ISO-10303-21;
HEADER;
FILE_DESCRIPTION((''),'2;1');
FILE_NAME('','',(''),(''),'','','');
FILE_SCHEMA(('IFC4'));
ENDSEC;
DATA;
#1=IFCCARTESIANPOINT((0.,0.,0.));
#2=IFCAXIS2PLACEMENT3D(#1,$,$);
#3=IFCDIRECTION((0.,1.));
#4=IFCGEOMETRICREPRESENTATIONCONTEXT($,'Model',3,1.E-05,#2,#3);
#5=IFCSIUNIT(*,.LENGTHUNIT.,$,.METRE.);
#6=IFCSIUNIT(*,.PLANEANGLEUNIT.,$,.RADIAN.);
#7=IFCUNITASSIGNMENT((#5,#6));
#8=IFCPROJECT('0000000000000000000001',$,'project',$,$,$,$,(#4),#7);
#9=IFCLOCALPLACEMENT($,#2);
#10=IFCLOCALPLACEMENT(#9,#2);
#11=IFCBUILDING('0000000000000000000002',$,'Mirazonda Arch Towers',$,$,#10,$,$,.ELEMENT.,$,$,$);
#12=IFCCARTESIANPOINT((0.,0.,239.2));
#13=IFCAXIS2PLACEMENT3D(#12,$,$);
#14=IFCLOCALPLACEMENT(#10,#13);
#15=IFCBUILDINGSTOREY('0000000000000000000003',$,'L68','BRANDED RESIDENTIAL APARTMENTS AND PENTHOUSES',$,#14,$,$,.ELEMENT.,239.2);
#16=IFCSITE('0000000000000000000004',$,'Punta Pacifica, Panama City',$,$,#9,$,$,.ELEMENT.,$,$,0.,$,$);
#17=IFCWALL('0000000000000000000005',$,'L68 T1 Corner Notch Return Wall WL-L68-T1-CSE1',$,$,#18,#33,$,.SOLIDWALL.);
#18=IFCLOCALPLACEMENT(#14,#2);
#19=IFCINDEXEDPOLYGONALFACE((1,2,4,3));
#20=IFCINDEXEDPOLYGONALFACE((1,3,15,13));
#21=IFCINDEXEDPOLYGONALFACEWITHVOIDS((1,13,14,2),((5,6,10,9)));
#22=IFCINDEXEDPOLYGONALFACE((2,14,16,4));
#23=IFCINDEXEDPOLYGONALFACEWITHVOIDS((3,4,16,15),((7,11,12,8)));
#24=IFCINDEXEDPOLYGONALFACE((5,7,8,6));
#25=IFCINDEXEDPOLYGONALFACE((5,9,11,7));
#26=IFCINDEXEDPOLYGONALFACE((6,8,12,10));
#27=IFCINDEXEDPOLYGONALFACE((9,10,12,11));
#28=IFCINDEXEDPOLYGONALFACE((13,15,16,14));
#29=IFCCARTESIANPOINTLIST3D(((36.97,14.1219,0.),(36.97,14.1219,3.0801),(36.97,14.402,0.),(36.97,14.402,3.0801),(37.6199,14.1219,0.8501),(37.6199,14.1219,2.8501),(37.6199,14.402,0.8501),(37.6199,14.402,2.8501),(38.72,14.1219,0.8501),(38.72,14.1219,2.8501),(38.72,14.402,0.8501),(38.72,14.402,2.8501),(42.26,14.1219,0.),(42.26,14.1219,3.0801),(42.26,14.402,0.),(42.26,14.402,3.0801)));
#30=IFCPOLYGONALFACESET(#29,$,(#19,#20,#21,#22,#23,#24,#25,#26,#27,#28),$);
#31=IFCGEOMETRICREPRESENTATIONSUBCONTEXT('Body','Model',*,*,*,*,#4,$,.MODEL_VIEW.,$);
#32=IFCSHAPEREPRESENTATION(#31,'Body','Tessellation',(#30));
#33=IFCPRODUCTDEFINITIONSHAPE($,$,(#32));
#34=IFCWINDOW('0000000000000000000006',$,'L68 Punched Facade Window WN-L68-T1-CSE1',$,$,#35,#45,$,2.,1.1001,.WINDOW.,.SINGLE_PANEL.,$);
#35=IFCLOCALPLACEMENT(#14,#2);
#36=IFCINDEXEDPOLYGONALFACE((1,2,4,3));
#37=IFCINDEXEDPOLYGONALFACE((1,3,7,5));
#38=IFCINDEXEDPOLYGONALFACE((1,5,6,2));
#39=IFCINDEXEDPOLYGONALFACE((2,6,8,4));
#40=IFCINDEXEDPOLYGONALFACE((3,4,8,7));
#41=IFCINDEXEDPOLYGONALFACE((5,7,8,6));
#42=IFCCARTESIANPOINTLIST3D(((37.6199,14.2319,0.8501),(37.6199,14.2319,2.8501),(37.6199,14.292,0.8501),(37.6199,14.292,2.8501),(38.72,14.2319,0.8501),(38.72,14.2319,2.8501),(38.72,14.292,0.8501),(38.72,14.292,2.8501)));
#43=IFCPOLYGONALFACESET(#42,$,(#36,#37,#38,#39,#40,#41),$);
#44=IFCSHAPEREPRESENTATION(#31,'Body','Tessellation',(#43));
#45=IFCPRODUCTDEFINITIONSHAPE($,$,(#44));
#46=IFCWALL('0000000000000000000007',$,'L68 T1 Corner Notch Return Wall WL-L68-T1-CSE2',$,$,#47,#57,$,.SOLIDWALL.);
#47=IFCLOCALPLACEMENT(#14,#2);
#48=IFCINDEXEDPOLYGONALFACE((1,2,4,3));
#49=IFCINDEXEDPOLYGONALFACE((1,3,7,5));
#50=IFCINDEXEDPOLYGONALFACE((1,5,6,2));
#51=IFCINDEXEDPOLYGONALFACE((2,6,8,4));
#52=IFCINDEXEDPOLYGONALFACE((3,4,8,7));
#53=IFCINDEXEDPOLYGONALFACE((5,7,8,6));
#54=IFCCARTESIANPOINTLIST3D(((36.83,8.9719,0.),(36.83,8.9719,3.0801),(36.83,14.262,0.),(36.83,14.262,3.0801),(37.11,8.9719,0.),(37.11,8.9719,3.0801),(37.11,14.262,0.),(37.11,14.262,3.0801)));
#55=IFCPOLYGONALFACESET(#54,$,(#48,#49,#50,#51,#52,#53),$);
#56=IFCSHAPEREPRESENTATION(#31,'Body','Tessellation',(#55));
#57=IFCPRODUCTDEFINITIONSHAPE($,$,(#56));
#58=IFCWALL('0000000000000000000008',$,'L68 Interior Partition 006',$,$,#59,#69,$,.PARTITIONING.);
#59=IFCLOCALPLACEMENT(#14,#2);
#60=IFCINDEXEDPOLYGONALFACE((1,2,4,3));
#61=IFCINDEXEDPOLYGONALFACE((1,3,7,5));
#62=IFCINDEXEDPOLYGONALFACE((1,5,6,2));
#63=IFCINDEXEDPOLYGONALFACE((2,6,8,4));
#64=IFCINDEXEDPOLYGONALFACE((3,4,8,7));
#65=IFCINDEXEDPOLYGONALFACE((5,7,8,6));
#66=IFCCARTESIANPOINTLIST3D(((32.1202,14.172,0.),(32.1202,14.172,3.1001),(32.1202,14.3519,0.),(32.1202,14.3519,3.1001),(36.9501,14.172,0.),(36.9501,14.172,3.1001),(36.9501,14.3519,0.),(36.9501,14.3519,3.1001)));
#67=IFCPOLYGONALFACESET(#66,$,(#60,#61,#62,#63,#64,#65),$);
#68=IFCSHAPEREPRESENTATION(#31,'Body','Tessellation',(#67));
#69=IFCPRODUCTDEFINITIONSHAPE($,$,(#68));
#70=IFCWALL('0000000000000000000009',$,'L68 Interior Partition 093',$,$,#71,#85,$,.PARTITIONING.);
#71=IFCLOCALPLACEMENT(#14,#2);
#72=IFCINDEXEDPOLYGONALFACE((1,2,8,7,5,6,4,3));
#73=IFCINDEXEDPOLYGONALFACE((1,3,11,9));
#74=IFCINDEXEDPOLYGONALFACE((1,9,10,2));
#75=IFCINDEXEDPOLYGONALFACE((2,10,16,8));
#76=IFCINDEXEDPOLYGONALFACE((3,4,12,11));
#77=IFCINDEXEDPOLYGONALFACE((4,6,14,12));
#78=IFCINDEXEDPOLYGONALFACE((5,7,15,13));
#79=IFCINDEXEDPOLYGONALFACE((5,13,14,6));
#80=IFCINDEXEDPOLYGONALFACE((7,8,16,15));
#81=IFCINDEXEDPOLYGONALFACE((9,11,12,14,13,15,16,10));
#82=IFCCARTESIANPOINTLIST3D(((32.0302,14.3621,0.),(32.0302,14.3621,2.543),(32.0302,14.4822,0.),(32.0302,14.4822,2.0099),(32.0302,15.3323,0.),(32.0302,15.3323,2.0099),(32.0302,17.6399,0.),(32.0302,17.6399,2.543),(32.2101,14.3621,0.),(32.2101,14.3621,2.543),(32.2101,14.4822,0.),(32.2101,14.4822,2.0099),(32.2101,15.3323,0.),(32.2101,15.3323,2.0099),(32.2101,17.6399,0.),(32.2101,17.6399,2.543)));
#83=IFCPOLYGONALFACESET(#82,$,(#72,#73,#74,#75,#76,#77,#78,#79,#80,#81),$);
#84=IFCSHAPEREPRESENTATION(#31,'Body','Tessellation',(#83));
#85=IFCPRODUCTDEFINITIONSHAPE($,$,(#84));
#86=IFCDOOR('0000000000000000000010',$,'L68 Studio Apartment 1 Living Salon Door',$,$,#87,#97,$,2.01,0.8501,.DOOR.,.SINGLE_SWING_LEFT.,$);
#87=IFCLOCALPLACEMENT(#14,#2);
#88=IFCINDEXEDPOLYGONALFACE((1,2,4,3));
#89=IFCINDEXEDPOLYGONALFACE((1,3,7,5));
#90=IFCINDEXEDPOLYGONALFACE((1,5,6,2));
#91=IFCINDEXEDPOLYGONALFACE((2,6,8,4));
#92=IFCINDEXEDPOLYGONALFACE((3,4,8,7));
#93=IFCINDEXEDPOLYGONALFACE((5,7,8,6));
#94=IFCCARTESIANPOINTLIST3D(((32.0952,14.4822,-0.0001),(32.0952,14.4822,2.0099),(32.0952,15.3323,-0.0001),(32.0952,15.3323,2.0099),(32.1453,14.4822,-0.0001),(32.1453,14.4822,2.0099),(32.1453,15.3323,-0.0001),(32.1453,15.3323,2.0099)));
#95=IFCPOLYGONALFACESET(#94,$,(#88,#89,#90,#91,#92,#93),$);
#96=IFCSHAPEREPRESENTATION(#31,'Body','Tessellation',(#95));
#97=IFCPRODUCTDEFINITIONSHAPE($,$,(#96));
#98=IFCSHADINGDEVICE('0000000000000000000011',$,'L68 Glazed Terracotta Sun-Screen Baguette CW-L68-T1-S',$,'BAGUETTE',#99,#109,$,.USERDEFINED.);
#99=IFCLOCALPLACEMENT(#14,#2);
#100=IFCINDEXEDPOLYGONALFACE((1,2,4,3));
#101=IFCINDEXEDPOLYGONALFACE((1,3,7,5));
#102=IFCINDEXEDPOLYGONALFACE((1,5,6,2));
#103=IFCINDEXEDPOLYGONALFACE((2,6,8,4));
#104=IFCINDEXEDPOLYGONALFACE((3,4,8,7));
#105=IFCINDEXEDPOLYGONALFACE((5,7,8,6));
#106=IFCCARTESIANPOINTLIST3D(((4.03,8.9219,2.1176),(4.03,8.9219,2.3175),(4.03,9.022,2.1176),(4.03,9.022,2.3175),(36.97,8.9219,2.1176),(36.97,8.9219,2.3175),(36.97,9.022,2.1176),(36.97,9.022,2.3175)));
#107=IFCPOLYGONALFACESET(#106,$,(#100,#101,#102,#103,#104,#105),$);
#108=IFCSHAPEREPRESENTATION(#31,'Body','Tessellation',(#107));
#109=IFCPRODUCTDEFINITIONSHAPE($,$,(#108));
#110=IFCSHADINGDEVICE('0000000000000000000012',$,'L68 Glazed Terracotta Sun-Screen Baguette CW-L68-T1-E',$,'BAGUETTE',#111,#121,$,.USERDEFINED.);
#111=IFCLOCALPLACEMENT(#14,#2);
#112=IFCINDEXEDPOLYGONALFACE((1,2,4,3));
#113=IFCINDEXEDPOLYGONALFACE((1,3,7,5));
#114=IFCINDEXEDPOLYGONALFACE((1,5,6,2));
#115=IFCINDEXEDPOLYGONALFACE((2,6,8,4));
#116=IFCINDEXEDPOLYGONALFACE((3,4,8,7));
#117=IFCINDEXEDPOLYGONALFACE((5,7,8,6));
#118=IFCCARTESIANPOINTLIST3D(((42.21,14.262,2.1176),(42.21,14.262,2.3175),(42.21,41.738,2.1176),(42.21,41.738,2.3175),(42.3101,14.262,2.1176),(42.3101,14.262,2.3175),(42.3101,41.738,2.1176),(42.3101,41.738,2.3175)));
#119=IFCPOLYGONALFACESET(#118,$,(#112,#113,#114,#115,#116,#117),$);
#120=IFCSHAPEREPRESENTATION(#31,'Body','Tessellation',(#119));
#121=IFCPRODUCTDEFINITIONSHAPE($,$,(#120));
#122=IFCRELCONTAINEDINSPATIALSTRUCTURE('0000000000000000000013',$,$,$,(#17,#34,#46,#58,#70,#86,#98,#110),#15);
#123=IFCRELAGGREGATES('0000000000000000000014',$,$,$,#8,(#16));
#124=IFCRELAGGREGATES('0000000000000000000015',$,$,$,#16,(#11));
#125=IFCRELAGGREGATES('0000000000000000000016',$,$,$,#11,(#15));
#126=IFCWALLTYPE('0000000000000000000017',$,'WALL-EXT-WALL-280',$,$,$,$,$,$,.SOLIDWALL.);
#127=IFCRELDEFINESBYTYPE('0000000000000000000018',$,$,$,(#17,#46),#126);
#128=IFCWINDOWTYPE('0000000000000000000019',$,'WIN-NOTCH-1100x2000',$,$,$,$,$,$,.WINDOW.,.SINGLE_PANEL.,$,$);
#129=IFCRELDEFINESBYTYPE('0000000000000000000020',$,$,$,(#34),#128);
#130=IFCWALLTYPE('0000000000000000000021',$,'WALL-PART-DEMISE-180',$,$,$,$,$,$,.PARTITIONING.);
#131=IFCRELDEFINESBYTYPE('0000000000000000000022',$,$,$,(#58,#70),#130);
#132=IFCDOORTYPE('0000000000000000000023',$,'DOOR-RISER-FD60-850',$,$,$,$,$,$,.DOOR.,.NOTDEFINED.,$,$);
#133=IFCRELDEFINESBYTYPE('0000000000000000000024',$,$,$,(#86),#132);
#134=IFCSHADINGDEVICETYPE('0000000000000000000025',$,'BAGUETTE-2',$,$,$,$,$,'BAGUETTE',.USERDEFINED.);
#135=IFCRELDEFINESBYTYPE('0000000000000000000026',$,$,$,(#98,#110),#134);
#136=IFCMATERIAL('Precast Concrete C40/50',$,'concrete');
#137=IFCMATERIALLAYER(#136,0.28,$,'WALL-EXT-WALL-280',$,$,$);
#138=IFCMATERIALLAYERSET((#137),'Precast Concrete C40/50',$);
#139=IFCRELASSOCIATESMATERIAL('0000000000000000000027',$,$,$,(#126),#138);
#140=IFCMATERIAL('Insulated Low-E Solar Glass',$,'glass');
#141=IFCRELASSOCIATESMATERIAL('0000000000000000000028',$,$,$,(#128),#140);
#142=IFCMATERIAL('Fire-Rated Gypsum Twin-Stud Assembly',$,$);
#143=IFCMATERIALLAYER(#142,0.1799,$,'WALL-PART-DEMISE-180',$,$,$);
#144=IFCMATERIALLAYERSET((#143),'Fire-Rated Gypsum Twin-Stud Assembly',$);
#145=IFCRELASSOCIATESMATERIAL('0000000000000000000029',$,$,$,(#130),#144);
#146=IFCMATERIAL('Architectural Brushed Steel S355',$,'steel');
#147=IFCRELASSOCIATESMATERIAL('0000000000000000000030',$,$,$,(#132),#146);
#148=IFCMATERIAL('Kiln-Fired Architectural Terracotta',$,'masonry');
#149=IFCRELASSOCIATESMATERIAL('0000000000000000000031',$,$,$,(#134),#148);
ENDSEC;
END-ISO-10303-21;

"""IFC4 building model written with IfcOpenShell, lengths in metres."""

from ifc_helpers import new_model, si_unit, direction, frame, frame_2d, origin, origin_2d, place, context, subcontext, project, spatial, rectangle, extrude, material, layer, layer_set, material_profile, profile_set, type_object, element, fill, save


model = new_model("IFC4")

# Units and contexts
model_context = context("Model", 3, precision=1e-05, world=origin(), true_north=direction((0.0, 1.0)))
body_context = subcontext(model_context, "Body", "Model", "MODEL_VIEW")
ifc_project = project(units=[si_unit("LENGTHUNIT", "METRE"), si_unit("PLANEANGLEUNIT", "RADIAN")], contexts=[model_context])

# Site, building, storey
site_placement = place(None, origin())
site = spatial("IfcSite", under=ifc_project, at=site_placement, Name="Punta Pacifica, Panama City", CompositionType="ELEMENT", RefElevation=0.0)
building_placement = place(site_placement, origin())
building = spatial("IfcBuilding", under=site, at=building_placement, Name="Mirazonda Arch Towers", CompositionType="ELEMENT")
storey_placement = place(building_placement, frame((0.0, 0.0, 239.2)))
storey = spatial("IfcBuildingStorey", under=building, at=storey_placement, Name="L68", Description="BRANDED RESIDENTIAL APARTMENTS AND PENTHOUSES", CompositionType="ELEMENT", Elevation=239.2)

# Shared definitions
ifc_material_1 = material(Name="Insulated Low-E Solar Glass", Category="glass")

# Wall, opening, window
ifc_material_2 = material(Name="Precast Concrete C40/50", Category="concrete")
ifc_layer_1 = layer(ifc_material_2, 0.28, Name="WALL-EXT-WALL-280")
ifc_layer_set_1 = layer_set([ifc_layer_1], Name="Precast Concrete C40/50")
wall_type_1 = type_object("IfcWallType", Name="WALL-EXT-WALL-280", PredefinedType="SOLIDWALL", material=ifc_layer_set_1)
wall_1_placement = place(storey_placement, frame((36.97, 14.262, 0.0), z_axis=(0.0, 0.0, 1.0), x_axis=(1.0, 0.0, 0.0)))
wall_1 = element("IfcWall", 1, at=wall_1_placement, inside=storey, type_object=wall_type_1, Name="L68 T1 Corner Notch Return Wall WL-L68-T1-CSE1", PredefinedType="SOLIDWALL", context=body_context, shape_type="SweptSolid", body=[
    extrude(rectangle(XDim=5.29, YDim=0.28, at=frame_2d((2.645, 0.0))), origin(), (0.0, 0.0, 1.0), 3.0801),
])
opening_1_placement = place(wall_1_placement, frame((0.6499, 0.0, 0.8501)))
opening_1 = element("IfcOpeningElement", 2, at=opening_1_placement, cuts=wall_1, PredefinedType="OPENING", context=body_context, shape_type="SweptSolid", body=[
    extrude(rectangle(XDim=1.1001, YDim=2.0, at=frame_2d((0.55, 1.0))), frame((0.0, 0.1499, 0.0), z_axis=(0.0, -1.0, 0.0), x_axis=(1.0, 0.0, 0.0)), (0.0, 0.0, 1.0), 0.3),
])
window_type = type_object("IfcWindowType", Name="WIN-NOTCH-1100x2000", PartitioningType="SINGLE_PANEL", PredefinedType="WINDOW", material=ifc_material_1)
window_placement = place(opening_1_placement, origin())
window = element("IfcWindow", 3, at=window_placement, inside=storey, type_object=window_type, Name="L68 Punched Facade Window WN-L68-T1-CSE1", OverallHeight=2.0, OverallWidth=1.1001, PartitioningType="SINGLE_PANEL", PredefinedType="WINDOW", context=body_context, shape_type="SweptSolid", body=[
    extrude(rectangle(XDim=1.1001, YDim=2.0, at=frame_2d((0.55, 1.0))), frame((0.0, 0.03, 0.0), z_axis=(0.0, -1.0, 0.0), x_axis=(1.0, 0.0, 0.0)), (0.0, 0.0, 1.0), 0.0601),
])
fill(opening_1, window)

# Walls
wall_2_placement = place(storey_placement, frame((36.97, 8.9719, 0.0), z_axis=(0.0, 0.0, 1.0), x_axis=(0.0, 1.0, 0.0)))
element("IfcWall", 4, at=wall_2_placement, inside=storey, type_object=wall_type_1, Name="L68 T1 Corner Notch Return Wall WL-L68-T1-CSE2", PredefinedType="SOLIDWALL", context=body_context, shape_type="SweptSolid", body=[
    extrude(rectangle(XDim=5.29, YDim=0.28, at=frame_2d((2.645, 0.0))), origin(), (0.0, 0.0, 1.0), 3.0801),
])
ifc_material_3 = material(Name="Fire-Rated Gypsum Twin-Stud Assembly")
ifc_layer_2 = layer(ifc_material_3, 0.1799, Name="WALL-PART-DEMISE-180")
ifc_layer_set_2 = layer_set([ifc_layer_2], Name="Fire-Rated Gypsum Twin-Stud Assembly")
wall_type_2 = type_object("IfcWallType", Name="WALL-PART-DEMISE-180", PredefinedType="PARTITIONING", material=ifc_layer_set_2)
wall_3_placement = place(storey_placement, frame((32.1201, 14.262, 0.0), z_axis=(0.0, 0.0, 1.0), x_axis=(1.0, 0.0, 0.0)))
element("IfcWall", 5, at=wall_3_placement, inside=storey, type_object=wall_type_2, Name="L68 Interior Partition 006", PredefinedType="PARTITIONING", context=body_context, shape_type="SweptSolid", body=[
    extrude(rectangle(XDim=4.8298, YDim=0.1799, at=frame_2d((2.415, 0.0))), origin(), (0.0, 0.0, 1.0), 3.1001),
])

# Wall, opening, door
ifc_material_4 = material(Name="Architectural Brushed Steel S355", Category="steel")
wall_4_placement = place(storey_placement, frame((32.1201, 14.3621, 0.0), z_axis=(0.0, 0.0, 1.0), x_axis=(0.0, 1.0, 0.0)))
wall_4 = element("IfcWall", 6, at=wall_4_placement, inside=storey, type_object=wall_type_2, Name="L68 Interior Partition 093", PredefinedType="PARTITIONING", context=body_context, shape_type="SweptSolid", body=[
    extrude(rectangle(XDim=3.2778, YDim=0.1799, at=frame_2d((1.6389, 0.0))), origin(), (0.0, 0.0, 1.0), 2.543),
])
opening_2_placement = place(wall_4_placement, frame((0.1201, 0.0, 0.0)))
opening_2 = element("IfcOpeningElement", 7, at=opening_2_placement, cuts=wall_4, PredefinedType="OPENING", context=body_context, shape_type="SweptSolid", body=[
    extrude(rectangle(XDim=0.8501, YDim=2.01, at=frame_2d((0.425, 1.0049))), frame((0.0, 0.0999, 0.0), z_axis=(0.0, -1.0, 0.0), x_axis=(1.0, 0.0, 0.0)), (0.0, 0.0, 1.0), 0.2),
])
door_type_1 = type_object("IfcDoorType", Name="DOOR-RISER-FD60-850", OperationType="NOTDEFINED", PredefinedType="DOOR", material=ifc_material_4)
door_1_placement = place(opening_2_placement, origin())
door_1 = element("IfcDoor", 8, at=door_1_placement, inside=storey, type_object=door_type_1, Name="L68 Studio Apartment 1 Living Salon Door", OperationType="SINGLE_SWING_LEFT", OverallHeight=2.01, OverallWidth=0.8501, PredefinedType="DOOR", context=body_context, shape_type="SweptSolid", body=[
    extrude(rectangle(XDim=0.8501, YDim=2.01, at=frame_2d((0.425, 1.0049))), frame((0.0, 0.0249, 0.0), z_axis=(0.0, -1.0, 0.0), x_axis=(1.0, 0.0, 0.0)), (0.0, 0.0, 1.0), 0.05),
])
fill(opening_2, door_1)

# Shading devices
ifc_material_5 = material(Name="Kiln-Fired Architectural Terracotta", Category="masonry")
ifc_material_profile_1 = material_profile(ifc_material_5, rectangle(XDim=0.1001, YDim=0.2, at=origin_2d()), Name="TERRA-BAG-100x200")
ifc_profile_set_1 = profile_set([ifc_material_profile_1], Name="Kiln-Fired Architectural Terracotta")
shading_device_type = type_object("IfcShadingDeviceType", Name="BAGUETTE-2", ElementType="BAGUETTE", PredefinedType="USERDEFINED", material=ifc_profile_set_1)
shading_device_1_placement = place(storey_placement, frame((36.97, 8.9719, 2.2175), z_axis=(-1.0, 0.0, 0.0), x_axis=(0.0, -1.0, 0.0)))
element("IfcShadingDevice", 9, at=shading_device_1_placement, inside=storey, type_object=shading_device_type, Name="L68 Glazed Terracotta Sun-Screen Baguette CW-L68-T1-S", ObjectType="BAGUETTE", PredefinedType="USERDEFINED", context=body_context, shape_type="SweptSolid", body=[
    extrude(rectangle(XDim=0.1001, YDim=0.2, at=origin_2d()), origin(), (0.0, 0.0, 1.0), 32.9399),
])
shading_device_2_placement = place(storey_placement, frame((42.26, 14.262, 2.2175), z_axis=(0.0, 1.0, 0.0), x_axis=(-1.0, 0.0, 0.0)))
element("IfcShadingDevice", 10, at=shading_device_2_placement, inside=storey, type_object=shading_device_type, Name="L68 Glazed Terracotta Sun-Screen Baguette CW-L68-T1-E", ObjectType="BAGUETTE", PredefinedType="USERDEFINED", context=body_context, shape_type="SweptSolid", body=[
    extrude(rectangle(XDim=0.1001, YDim=0.2, at=origin_2d()), origin(), (0.0, 0.0, 1.0), 27.4761),
])

save(model, "model.ifc")
